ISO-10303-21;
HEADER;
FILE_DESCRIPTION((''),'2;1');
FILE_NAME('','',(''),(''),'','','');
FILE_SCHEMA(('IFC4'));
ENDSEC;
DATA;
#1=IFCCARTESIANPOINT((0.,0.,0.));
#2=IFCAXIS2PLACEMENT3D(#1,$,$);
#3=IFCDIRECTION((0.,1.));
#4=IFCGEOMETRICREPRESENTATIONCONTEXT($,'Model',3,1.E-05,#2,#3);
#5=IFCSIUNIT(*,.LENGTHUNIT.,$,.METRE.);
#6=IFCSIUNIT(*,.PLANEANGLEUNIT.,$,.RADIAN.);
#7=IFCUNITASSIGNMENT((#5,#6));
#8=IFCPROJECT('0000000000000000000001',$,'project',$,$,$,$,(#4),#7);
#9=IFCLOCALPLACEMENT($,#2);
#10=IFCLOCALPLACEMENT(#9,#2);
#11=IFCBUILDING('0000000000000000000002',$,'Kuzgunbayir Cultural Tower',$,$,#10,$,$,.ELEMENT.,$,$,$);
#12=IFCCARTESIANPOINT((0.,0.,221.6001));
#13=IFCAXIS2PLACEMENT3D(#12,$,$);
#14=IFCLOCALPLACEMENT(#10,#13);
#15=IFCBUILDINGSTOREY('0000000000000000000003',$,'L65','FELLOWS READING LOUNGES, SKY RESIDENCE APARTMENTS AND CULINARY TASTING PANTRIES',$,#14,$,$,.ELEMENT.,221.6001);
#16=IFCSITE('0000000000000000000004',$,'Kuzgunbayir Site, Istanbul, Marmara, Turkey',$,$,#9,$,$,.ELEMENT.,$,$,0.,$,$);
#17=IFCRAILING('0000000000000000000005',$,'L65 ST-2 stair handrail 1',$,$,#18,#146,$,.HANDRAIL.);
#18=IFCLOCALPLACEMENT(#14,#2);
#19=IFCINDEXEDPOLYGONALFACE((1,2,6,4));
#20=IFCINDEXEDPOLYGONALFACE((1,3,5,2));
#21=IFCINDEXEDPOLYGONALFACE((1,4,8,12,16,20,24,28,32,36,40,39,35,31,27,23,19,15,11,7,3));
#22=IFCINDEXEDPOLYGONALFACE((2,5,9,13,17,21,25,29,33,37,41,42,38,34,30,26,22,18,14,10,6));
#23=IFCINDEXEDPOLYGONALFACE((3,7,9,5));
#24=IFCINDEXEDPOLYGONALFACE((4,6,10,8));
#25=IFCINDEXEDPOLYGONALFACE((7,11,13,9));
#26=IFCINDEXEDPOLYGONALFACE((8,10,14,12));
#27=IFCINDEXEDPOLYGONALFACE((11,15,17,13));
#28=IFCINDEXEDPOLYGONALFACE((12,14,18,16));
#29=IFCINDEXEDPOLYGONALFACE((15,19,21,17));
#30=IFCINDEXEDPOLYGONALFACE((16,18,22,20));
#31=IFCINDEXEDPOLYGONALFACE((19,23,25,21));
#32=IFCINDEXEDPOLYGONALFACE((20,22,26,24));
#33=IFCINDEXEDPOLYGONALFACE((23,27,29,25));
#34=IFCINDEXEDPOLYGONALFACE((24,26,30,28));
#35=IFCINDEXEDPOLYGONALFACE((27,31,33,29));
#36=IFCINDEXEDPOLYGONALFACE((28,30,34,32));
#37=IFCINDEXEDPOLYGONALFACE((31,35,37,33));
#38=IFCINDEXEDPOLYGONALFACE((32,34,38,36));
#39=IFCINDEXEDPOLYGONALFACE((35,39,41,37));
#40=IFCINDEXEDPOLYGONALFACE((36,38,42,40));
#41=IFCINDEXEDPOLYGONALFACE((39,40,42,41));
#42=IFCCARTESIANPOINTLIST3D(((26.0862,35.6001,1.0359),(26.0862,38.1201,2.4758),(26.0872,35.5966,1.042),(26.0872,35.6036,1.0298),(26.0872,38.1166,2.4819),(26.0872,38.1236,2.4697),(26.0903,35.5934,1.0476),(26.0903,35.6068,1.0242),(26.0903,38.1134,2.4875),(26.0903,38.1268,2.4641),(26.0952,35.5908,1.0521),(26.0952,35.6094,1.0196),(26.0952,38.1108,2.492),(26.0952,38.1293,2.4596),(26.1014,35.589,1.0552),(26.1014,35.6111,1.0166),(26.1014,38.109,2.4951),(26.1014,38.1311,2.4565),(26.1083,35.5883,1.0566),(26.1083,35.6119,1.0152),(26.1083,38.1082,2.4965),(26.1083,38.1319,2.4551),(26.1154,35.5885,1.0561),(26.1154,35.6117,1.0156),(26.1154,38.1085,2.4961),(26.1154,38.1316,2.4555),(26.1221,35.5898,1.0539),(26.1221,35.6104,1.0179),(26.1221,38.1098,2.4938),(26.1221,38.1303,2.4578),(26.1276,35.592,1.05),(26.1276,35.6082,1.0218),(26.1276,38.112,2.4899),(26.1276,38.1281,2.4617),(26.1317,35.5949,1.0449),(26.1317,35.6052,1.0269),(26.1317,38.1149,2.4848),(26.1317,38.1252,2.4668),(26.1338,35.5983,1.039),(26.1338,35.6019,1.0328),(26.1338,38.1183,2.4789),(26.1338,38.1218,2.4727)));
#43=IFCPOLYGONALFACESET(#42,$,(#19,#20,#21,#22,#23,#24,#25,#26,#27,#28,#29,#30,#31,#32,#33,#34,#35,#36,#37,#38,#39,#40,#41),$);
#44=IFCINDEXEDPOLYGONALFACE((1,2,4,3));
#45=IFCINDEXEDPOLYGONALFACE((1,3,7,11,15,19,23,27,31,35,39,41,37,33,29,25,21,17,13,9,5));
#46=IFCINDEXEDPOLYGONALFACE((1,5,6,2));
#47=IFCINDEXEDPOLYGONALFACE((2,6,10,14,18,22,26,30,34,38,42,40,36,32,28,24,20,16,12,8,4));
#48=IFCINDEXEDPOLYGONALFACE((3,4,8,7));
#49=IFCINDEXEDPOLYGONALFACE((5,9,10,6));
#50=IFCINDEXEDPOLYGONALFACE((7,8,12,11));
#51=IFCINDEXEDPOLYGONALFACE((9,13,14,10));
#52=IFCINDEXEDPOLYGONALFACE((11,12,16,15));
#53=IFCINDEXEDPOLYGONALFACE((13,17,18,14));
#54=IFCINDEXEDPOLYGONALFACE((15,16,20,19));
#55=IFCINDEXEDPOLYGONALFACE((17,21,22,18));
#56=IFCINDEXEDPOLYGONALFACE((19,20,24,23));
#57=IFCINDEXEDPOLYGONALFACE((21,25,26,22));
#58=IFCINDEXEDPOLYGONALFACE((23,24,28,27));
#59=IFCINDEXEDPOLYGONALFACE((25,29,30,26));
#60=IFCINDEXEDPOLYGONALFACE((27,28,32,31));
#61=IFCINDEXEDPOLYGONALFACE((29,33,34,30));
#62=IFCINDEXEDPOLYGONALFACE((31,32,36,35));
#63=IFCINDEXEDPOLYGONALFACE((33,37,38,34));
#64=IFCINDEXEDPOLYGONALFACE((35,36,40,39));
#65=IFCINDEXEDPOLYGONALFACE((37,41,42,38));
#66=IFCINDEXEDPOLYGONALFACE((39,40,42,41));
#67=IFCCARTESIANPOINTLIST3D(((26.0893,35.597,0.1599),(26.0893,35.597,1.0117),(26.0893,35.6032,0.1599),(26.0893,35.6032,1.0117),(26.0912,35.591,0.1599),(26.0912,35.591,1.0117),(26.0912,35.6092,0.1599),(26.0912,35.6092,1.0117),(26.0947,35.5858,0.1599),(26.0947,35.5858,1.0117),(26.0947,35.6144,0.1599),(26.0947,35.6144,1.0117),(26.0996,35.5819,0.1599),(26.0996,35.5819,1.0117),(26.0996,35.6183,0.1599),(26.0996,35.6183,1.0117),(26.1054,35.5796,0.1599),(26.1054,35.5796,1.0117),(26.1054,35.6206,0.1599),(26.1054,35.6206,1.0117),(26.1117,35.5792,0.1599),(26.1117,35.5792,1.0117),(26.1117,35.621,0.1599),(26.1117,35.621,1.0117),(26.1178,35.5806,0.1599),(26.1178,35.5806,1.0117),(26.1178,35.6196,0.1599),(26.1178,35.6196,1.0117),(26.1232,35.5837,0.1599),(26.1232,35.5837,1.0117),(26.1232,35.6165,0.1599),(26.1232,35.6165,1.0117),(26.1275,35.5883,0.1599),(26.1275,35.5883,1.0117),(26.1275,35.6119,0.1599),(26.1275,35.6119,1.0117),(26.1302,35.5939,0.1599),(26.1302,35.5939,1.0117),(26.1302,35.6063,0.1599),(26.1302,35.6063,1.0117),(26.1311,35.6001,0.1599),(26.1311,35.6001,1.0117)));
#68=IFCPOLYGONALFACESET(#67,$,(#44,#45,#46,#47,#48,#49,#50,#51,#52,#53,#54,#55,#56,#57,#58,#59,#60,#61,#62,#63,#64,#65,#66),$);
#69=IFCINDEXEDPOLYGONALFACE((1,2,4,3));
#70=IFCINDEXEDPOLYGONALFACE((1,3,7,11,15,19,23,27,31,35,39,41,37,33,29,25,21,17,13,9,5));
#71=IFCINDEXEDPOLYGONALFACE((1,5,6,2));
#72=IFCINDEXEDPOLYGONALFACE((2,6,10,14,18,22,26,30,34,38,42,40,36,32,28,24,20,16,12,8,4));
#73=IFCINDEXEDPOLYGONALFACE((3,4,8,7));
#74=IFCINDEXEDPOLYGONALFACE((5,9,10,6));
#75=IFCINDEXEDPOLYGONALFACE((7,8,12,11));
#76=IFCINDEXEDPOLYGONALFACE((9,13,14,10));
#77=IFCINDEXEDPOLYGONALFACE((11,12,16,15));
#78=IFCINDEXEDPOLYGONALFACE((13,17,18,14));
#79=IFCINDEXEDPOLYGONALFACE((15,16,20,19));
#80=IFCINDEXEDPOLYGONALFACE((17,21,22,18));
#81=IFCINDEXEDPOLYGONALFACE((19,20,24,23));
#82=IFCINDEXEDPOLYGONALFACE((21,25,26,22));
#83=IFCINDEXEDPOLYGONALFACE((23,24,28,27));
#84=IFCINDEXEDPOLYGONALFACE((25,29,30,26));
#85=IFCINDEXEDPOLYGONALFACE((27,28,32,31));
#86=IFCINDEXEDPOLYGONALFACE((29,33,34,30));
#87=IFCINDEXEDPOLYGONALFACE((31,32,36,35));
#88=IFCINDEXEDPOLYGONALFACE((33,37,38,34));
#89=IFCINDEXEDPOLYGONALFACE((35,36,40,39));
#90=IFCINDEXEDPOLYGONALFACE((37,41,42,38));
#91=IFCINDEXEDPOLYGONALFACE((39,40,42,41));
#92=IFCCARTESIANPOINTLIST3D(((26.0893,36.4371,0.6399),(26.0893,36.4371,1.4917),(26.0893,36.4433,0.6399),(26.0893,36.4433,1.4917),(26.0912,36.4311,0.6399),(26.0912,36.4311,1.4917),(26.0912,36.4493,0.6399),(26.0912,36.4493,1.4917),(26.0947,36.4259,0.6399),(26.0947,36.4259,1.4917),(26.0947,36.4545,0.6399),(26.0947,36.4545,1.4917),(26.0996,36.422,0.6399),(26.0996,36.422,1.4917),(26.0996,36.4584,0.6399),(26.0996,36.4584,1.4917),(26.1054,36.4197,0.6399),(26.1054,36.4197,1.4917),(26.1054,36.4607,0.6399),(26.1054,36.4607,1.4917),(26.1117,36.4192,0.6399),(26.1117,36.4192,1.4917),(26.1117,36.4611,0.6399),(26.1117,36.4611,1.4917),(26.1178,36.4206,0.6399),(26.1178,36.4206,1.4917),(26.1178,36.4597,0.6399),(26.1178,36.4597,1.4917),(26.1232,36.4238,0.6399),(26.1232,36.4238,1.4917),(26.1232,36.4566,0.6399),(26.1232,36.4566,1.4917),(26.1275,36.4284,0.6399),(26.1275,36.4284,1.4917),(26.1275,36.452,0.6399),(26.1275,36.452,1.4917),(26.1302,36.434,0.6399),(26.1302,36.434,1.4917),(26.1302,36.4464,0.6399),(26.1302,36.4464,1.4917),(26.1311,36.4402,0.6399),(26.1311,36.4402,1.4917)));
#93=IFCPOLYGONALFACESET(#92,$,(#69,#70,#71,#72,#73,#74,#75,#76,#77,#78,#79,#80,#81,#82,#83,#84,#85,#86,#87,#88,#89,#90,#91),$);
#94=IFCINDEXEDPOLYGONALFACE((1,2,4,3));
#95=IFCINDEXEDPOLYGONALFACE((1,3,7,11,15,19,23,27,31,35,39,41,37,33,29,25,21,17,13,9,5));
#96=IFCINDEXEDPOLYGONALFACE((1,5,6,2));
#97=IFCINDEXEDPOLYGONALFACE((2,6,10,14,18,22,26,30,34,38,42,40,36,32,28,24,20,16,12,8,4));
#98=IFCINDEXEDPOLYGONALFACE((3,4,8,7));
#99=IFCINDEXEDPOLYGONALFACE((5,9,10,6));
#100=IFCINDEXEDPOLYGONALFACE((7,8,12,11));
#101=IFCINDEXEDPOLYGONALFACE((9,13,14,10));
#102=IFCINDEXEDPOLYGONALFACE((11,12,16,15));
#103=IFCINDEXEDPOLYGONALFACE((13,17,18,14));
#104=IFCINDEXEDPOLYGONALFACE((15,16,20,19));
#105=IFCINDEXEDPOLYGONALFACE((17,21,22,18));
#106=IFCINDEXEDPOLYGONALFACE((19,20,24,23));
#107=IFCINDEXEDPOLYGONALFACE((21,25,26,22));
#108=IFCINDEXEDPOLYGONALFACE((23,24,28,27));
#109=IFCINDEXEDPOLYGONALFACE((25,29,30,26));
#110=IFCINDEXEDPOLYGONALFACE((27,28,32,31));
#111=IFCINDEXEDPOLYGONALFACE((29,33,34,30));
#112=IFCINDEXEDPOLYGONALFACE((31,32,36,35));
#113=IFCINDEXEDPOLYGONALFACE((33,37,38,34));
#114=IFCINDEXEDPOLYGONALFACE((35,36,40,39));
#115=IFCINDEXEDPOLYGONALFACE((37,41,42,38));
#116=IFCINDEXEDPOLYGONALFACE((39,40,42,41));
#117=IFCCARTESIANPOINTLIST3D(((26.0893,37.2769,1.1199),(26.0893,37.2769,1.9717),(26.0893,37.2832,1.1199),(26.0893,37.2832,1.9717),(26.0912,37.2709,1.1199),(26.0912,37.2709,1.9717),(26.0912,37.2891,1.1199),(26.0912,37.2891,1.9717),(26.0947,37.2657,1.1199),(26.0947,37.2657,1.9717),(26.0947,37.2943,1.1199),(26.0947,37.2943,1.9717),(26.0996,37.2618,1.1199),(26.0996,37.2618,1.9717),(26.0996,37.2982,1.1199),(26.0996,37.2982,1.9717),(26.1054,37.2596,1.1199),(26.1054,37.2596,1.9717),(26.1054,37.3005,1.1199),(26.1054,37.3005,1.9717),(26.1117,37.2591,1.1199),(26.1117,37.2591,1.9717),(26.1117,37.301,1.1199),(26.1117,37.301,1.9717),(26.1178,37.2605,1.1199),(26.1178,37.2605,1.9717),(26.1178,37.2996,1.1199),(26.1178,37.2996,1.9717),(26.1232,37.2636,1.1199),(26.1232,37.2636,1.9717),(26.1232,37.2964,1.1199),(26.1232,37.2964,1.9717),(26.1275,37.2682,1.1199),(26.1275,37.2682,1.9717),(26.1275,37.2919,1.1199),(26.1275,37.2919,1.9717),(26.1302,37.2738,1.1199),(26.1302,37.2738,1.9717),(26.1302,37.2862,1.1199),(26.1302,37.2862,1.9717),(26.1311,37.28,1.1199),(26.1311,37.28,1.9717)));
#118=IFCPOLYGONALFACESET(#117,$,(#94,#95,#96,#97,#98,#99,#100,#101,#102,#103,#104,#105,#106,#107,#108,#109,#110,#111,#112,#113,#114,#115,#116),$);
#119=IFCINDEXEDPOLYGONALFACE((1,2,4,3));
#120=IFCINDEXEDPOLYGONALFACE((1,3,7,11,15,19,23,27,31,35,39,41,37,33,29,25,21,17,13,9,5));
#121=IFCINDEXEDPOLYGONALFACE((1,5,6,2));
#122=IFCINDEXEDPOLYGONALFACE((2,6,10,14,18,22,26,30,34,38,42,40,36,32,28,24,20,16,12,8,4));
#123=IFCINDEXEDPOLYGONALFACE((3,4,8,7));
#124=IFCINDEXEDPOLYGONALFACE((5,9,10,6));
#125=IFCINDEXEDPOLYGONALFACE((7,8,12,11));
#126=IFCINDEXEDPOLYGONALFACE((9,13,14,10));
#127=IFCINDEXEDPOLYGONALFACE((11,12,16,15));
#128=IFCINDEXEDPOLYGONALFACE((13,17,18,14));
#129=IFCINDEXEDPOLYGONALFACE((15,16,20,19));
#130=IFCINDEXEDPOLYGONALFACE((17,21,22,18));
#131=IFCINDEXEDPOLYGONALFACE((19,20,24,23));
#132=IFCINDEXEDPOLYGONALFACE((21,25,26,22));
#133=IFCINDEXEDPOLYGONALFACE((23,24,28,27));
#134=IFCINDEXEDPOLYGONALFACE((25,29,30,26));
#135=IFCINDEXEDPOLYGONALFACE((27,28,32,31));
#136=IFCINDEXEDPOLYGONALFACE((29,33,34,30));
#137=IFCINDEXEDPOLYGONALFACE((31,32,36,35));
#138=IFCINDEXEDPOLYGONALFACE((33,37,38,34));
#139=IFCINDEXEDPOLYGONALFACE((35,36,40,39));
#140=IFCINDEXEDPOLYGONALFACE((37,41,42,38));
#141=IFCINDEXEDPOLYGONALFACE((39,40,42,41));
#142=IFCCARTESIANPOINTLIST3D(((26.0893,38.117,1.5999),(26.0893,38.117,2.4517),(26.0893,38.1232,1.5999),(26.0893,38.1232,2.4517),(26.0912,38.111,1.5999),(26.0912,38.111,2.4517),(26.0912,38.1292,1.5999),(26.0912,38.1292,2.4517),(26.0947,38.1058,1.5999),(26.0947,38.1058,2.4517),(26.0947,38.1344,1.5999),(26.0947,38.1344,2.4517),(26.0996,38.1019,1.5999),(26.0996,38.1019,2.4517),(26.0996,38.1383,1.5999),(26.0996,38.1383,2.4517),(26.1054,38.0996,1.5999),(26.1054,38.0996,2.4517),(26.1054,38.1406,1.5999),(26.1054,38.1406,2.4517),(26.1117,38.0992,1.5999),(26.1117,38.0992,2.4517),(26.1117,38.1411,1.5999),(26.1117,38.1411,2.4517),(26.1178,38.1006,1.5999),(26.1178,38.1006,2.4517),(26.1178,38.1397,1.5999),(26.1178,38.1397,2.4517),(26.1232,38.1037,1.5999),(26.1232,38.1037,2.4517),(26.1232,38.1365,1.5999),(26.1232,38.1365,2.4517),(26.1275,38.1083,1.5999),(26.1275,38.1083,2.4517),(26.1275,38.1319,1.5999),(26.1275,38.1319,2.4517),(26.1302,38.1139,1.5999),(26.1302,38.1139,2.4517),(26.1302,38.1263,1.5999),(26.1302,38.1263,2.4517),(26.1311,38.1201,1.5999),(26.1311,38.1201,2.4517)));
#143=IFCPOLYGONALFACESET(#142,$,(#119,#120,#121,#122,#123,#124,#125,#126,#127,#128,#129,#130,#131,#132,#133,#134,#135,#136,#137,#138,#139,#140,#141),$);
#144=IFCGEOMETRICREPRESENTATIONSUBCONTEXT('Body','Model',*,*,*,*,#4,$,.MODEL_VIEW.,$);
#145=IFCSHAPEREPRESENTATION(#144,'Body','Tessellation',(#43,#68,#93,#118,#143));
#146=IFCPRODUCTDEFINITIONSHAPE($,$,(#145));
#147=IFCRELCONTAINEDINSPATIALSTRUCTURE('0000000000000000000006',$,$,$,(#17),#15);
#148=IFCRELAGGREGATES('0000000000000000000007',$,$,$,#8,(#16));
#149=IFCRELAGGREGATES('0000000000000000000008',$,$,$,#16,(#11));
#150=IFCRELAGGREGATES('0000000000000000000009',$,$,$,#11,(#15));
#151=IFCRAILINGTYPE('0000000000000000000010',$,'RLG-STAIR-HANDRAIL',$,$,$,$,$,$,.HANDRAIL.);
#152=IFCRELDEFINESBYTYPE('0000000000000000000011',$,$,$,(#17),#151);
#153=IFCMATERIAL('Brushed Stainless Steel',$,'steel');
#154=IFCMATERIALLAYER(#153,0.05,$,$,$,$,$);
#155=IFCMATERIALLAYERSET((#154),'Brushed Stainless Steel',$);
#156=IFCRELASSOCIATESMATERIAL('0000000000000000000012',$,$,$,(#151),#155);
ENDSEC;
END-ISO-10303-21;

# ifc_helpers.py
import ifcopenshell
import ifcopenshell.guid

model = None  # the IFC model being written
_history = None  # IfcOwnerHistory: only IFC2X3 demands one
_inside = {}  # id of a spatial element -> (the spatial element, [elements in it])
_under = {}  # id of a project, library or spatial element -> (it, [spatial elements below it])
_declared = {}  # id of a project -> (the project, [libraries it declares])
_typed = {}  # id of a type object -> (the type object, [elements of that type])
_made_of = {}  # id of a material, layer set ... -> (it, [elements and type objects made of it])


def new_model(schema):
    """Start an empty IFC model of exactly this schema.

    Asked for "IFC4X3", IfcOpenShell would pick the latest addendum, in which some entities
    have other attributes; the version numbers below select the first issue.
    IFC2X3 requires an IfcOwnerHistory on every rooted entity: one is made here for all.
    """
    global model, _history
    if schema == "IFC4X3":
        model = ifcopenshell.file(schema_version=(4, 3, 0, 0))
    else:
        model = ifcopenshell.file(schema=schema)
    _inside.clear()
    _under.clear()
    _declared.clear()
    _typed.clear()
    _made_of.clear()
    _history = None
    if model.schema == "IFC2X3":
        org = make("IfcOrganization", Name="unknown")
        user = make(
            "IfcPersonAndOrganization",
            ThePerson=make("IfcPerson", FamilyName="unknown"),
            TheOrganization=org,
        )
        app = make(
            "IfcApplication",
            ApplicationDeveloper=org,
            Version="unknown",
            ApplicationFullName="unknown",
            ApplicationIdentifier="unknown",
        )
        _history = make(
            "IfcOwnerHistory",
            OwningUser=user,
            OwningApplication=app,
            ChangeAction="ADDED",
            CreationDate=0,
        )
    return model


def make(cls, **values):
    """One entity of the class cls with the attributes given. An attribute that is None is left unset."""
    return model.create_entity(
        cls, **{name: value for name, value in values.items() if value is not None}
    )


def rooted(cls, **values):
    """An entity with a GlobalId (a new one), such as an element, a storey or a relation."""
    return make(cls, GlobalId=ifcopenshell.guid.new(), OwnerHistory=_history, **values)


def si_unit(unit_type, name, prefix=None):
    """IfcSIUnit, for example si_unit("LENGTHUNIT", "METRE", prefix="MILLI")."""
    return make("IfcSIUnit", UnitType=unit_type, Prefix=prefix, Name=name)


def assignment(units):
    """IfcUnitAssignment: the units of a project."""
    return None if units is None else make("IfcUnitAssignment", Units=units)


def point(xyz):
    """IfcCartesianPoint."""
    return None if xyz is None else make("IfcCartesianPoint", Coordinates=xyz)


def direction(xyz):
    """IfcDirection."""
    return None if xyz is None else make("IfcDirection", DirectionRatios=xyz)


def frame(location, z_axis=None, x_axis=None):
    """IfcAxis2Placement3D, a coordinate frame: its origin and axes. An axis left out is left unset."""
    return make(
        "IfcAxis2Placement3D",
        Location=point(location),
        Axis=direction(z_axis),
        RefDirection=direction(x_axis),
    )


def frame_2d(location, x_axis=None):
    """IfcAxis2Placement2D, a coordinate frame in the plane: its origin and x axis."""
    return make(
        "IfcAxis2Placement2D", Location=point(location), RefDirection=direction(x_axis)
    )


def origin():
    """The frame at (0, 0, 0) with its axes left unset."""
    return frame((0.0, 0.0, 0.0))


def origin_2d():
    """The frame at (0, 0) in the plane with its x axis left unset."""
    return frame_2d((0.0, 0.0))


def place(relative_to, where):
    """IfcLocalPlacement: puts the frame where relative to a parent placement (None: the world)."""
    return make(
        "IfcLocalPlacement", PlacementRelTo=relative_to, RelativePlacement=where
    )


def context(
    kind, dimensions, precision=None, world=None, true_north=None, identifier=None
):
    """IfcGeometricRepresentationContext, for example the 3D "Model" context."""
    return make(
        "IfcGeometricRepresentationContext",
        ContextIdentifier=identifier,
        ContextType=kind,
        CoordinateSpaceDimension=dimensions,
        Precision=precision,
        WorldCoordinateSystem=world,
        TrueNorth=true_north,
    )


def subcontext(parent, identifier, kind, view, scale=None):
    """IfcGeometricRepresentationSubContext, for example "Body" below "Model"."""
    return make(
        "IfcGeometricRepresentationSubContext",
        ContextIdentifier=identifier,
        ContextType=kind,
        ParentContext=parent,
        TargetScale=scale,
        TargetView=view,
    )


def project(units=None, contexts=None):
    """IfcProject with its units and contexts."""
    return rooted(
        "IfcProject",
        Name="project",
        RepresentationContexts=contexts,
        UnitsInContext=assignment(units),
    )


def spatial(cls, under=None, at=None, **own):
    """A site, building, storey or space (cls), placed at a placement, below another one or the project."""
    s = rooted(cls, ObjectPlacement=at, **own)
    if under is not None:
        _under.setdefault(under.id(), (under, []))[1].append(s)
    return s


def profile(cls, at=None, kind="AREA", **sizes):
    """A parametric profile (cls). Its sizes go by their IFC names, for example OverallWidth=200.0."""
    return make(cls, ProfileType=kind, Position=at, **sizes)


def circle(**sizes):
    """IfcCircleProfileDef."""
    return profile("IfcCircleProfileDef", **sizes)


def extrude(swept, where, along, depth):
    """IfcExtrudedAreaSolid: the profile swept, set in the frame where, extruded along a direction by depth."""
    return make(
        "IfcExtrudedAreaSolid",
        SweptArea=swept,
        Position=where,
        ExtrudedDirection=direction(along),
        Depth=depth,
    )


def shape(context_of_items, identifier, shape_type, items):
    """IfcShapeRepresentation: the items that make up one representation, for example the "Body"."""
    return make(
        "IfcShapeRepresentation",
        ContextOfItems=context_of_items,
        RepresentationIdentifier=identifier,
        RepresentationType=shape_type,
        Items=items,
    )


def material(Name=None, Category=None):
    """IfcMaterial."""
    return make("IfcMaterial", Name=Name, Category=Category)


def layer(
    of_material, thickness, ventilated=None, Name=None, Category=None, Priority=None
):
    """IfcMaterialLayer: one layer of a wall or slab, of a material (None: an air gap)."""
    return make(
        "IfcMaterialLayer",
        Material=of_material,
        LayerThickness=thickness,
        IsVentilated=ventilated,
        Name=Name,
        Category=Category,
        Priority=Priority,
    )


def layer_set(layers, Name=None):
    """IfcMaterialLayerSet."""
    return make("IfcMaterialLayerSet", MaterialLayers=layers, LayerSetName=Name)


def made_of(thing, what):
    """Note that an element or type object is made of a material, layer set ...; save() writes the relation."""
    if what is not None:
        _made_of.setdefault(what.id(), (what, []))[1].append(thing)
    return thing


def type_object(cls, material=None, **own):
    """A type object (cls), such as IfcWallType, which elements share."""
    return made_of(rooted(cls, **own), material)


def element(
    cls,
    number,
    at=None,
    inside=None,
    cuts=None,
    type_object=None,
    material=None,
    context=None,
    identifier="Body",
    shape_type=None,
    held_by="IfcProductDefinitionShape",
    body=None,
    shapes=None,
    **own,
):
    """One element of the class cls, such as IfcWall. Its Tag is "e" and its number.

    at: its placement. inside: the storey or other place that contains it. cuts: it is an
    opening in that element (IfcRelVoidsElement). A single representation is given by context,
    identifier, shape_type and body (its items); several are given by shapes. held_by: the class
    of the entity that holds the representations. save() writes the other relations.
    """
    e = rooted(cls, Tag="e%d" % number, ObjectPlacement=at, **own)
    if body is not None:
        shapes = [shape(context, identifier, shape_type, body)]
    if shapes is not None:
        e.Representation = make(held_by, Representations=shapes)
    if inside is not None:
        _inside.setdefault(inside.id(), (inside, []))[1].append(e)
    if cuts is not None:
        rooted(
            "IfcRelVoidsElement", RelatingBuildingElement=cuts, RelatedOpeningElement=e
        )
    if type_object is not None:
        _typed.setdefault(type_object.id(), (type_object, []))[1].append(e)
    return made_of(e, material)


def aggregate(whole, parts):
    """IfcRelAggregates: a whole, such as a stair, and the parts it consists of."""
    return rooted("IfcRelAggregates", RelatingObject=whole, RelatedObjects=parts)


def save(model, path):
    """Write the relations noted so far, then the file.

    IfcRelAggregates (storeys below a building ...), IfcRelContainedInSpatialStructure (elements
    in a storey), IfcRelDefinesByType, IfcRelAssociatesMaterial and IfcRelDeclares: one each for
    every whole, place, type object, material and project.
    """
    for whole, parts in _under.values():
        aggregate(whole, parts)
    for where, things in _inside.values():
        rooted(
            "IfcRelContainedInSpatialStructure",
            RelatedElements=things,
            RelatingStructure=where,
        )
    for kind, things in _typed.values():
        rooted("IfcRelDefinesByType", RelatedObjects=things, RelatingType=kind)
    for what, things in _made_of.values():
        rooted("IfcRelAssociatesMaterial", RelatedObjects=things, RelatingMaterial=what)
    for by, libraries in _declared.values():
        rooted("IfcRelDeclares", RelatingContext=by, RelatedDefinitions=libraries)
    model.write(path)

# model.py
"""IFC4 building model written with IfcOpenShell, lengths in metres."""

from ifc_helpers import new_model, si_unit, direction, frame, origin, origin_2d, place, context, subcontext, project, spatial, circle, extrude, material, layer, layer_set, type_object, element, save


model = new_model("IFC4")

# Units and contexts
model_context = context("Model", 3, precision=1e-05, world=origin(), true_north=direction((0.0, 1.0)))
body_context = subcontext(model_context, "Body", "Model", "MODEL_VIEW")
ifc_project = project(units=[si_unit("LENGTHUNIT", "METRE"), si_unit("PLANEANGLEUNIT", "RADIAN")], contexts=[model_context])

# Site, building, storey
site_placement = place(None, origin())
site = spatial("IfcSite", under=ifc_project, at=site_placement, Name="Kuzgunbayir Site, Istanbul, Marmara, Turkey", CompositionType="ELEMENT", RefElevation=0.0)
building_placement = place(site_placement, origin())
building = spatial("IfcBuilding", under=site, at=building_placement, Name="Kuzgunbayir Cultural Tower", CompositionType="ELEMENT")
storey_placement = place(building_placement, frame((0.0, 0.0, 221.6001)))
storey = spatial("IfcBuildingStorey", under=building, at=storey_placement, Name="L65", Description="FELLOWS READING LOUNGES, SKY RESIDENCE APARTMENTS AND CULINARY TASTING PANTRIES", CompositionType="ELEMENT", Elevation=221.6001)

# Shared definitions
ifc_material_1 = material(Name="Brushed Stainless Steel", Category="steel")

# Railing
ifc_layer_1 = layer(ifc_material_1, 0.05)
ifc_layer_set_1 = layer_set([ifc_layer_1], Name="Brushed Stainless Steel")
railing_type_1 = type_object("IfcRailingType", Name="RLG-STAIR-HANDRAIL", PredefinedType="HANDRAIL", material=ifc_layer_set_1)
railing_1_placement = place(storey_placement, frame((26.1101, 35.6001, 0.1599)))
element("IfcRailing", 1, at=railing_1_placement, inside=storey, type_object=railing_type_1, Name="L65 ST-2 stair handrail 1", PredefinedType="HANDRAIL", context=body_context, shape_type="SweptSolid", body=[
    extrude(circle(Radius=0.0239, at=origin_2d()), frame((0.0, 0.0, 0.876), z_axis=(0.0, 0.868253, 0.496121), x_axis=(-1.0, 0.0, 0.0)), (0.0, 0.0, 1.0), 2.9023),
    extrude(circle(Radius=0.021, at=origin_2d()), origin(), (0.0, 0.0, 1.0), 0.8518),
    extrude(circle(Radius=0.021, at=origin_2d()), frame((0.0, 0.8401, 0.48)), (0.0, 0.0, 1.0), 0.8518),
    extrude(circle(Radius=0.021, at=origin_2d()), frame((0.0, 1.6799, 0.96)), (0.0, 0.0, 1.0), 0.8518),
    extrude(circle(Radius=0.021, at=origin_2d()), frame((0.0, 2.52, 1.4399)), (0.0, 0.0, 1.0), 0.8518),
])

save(model, "model.ifc")
